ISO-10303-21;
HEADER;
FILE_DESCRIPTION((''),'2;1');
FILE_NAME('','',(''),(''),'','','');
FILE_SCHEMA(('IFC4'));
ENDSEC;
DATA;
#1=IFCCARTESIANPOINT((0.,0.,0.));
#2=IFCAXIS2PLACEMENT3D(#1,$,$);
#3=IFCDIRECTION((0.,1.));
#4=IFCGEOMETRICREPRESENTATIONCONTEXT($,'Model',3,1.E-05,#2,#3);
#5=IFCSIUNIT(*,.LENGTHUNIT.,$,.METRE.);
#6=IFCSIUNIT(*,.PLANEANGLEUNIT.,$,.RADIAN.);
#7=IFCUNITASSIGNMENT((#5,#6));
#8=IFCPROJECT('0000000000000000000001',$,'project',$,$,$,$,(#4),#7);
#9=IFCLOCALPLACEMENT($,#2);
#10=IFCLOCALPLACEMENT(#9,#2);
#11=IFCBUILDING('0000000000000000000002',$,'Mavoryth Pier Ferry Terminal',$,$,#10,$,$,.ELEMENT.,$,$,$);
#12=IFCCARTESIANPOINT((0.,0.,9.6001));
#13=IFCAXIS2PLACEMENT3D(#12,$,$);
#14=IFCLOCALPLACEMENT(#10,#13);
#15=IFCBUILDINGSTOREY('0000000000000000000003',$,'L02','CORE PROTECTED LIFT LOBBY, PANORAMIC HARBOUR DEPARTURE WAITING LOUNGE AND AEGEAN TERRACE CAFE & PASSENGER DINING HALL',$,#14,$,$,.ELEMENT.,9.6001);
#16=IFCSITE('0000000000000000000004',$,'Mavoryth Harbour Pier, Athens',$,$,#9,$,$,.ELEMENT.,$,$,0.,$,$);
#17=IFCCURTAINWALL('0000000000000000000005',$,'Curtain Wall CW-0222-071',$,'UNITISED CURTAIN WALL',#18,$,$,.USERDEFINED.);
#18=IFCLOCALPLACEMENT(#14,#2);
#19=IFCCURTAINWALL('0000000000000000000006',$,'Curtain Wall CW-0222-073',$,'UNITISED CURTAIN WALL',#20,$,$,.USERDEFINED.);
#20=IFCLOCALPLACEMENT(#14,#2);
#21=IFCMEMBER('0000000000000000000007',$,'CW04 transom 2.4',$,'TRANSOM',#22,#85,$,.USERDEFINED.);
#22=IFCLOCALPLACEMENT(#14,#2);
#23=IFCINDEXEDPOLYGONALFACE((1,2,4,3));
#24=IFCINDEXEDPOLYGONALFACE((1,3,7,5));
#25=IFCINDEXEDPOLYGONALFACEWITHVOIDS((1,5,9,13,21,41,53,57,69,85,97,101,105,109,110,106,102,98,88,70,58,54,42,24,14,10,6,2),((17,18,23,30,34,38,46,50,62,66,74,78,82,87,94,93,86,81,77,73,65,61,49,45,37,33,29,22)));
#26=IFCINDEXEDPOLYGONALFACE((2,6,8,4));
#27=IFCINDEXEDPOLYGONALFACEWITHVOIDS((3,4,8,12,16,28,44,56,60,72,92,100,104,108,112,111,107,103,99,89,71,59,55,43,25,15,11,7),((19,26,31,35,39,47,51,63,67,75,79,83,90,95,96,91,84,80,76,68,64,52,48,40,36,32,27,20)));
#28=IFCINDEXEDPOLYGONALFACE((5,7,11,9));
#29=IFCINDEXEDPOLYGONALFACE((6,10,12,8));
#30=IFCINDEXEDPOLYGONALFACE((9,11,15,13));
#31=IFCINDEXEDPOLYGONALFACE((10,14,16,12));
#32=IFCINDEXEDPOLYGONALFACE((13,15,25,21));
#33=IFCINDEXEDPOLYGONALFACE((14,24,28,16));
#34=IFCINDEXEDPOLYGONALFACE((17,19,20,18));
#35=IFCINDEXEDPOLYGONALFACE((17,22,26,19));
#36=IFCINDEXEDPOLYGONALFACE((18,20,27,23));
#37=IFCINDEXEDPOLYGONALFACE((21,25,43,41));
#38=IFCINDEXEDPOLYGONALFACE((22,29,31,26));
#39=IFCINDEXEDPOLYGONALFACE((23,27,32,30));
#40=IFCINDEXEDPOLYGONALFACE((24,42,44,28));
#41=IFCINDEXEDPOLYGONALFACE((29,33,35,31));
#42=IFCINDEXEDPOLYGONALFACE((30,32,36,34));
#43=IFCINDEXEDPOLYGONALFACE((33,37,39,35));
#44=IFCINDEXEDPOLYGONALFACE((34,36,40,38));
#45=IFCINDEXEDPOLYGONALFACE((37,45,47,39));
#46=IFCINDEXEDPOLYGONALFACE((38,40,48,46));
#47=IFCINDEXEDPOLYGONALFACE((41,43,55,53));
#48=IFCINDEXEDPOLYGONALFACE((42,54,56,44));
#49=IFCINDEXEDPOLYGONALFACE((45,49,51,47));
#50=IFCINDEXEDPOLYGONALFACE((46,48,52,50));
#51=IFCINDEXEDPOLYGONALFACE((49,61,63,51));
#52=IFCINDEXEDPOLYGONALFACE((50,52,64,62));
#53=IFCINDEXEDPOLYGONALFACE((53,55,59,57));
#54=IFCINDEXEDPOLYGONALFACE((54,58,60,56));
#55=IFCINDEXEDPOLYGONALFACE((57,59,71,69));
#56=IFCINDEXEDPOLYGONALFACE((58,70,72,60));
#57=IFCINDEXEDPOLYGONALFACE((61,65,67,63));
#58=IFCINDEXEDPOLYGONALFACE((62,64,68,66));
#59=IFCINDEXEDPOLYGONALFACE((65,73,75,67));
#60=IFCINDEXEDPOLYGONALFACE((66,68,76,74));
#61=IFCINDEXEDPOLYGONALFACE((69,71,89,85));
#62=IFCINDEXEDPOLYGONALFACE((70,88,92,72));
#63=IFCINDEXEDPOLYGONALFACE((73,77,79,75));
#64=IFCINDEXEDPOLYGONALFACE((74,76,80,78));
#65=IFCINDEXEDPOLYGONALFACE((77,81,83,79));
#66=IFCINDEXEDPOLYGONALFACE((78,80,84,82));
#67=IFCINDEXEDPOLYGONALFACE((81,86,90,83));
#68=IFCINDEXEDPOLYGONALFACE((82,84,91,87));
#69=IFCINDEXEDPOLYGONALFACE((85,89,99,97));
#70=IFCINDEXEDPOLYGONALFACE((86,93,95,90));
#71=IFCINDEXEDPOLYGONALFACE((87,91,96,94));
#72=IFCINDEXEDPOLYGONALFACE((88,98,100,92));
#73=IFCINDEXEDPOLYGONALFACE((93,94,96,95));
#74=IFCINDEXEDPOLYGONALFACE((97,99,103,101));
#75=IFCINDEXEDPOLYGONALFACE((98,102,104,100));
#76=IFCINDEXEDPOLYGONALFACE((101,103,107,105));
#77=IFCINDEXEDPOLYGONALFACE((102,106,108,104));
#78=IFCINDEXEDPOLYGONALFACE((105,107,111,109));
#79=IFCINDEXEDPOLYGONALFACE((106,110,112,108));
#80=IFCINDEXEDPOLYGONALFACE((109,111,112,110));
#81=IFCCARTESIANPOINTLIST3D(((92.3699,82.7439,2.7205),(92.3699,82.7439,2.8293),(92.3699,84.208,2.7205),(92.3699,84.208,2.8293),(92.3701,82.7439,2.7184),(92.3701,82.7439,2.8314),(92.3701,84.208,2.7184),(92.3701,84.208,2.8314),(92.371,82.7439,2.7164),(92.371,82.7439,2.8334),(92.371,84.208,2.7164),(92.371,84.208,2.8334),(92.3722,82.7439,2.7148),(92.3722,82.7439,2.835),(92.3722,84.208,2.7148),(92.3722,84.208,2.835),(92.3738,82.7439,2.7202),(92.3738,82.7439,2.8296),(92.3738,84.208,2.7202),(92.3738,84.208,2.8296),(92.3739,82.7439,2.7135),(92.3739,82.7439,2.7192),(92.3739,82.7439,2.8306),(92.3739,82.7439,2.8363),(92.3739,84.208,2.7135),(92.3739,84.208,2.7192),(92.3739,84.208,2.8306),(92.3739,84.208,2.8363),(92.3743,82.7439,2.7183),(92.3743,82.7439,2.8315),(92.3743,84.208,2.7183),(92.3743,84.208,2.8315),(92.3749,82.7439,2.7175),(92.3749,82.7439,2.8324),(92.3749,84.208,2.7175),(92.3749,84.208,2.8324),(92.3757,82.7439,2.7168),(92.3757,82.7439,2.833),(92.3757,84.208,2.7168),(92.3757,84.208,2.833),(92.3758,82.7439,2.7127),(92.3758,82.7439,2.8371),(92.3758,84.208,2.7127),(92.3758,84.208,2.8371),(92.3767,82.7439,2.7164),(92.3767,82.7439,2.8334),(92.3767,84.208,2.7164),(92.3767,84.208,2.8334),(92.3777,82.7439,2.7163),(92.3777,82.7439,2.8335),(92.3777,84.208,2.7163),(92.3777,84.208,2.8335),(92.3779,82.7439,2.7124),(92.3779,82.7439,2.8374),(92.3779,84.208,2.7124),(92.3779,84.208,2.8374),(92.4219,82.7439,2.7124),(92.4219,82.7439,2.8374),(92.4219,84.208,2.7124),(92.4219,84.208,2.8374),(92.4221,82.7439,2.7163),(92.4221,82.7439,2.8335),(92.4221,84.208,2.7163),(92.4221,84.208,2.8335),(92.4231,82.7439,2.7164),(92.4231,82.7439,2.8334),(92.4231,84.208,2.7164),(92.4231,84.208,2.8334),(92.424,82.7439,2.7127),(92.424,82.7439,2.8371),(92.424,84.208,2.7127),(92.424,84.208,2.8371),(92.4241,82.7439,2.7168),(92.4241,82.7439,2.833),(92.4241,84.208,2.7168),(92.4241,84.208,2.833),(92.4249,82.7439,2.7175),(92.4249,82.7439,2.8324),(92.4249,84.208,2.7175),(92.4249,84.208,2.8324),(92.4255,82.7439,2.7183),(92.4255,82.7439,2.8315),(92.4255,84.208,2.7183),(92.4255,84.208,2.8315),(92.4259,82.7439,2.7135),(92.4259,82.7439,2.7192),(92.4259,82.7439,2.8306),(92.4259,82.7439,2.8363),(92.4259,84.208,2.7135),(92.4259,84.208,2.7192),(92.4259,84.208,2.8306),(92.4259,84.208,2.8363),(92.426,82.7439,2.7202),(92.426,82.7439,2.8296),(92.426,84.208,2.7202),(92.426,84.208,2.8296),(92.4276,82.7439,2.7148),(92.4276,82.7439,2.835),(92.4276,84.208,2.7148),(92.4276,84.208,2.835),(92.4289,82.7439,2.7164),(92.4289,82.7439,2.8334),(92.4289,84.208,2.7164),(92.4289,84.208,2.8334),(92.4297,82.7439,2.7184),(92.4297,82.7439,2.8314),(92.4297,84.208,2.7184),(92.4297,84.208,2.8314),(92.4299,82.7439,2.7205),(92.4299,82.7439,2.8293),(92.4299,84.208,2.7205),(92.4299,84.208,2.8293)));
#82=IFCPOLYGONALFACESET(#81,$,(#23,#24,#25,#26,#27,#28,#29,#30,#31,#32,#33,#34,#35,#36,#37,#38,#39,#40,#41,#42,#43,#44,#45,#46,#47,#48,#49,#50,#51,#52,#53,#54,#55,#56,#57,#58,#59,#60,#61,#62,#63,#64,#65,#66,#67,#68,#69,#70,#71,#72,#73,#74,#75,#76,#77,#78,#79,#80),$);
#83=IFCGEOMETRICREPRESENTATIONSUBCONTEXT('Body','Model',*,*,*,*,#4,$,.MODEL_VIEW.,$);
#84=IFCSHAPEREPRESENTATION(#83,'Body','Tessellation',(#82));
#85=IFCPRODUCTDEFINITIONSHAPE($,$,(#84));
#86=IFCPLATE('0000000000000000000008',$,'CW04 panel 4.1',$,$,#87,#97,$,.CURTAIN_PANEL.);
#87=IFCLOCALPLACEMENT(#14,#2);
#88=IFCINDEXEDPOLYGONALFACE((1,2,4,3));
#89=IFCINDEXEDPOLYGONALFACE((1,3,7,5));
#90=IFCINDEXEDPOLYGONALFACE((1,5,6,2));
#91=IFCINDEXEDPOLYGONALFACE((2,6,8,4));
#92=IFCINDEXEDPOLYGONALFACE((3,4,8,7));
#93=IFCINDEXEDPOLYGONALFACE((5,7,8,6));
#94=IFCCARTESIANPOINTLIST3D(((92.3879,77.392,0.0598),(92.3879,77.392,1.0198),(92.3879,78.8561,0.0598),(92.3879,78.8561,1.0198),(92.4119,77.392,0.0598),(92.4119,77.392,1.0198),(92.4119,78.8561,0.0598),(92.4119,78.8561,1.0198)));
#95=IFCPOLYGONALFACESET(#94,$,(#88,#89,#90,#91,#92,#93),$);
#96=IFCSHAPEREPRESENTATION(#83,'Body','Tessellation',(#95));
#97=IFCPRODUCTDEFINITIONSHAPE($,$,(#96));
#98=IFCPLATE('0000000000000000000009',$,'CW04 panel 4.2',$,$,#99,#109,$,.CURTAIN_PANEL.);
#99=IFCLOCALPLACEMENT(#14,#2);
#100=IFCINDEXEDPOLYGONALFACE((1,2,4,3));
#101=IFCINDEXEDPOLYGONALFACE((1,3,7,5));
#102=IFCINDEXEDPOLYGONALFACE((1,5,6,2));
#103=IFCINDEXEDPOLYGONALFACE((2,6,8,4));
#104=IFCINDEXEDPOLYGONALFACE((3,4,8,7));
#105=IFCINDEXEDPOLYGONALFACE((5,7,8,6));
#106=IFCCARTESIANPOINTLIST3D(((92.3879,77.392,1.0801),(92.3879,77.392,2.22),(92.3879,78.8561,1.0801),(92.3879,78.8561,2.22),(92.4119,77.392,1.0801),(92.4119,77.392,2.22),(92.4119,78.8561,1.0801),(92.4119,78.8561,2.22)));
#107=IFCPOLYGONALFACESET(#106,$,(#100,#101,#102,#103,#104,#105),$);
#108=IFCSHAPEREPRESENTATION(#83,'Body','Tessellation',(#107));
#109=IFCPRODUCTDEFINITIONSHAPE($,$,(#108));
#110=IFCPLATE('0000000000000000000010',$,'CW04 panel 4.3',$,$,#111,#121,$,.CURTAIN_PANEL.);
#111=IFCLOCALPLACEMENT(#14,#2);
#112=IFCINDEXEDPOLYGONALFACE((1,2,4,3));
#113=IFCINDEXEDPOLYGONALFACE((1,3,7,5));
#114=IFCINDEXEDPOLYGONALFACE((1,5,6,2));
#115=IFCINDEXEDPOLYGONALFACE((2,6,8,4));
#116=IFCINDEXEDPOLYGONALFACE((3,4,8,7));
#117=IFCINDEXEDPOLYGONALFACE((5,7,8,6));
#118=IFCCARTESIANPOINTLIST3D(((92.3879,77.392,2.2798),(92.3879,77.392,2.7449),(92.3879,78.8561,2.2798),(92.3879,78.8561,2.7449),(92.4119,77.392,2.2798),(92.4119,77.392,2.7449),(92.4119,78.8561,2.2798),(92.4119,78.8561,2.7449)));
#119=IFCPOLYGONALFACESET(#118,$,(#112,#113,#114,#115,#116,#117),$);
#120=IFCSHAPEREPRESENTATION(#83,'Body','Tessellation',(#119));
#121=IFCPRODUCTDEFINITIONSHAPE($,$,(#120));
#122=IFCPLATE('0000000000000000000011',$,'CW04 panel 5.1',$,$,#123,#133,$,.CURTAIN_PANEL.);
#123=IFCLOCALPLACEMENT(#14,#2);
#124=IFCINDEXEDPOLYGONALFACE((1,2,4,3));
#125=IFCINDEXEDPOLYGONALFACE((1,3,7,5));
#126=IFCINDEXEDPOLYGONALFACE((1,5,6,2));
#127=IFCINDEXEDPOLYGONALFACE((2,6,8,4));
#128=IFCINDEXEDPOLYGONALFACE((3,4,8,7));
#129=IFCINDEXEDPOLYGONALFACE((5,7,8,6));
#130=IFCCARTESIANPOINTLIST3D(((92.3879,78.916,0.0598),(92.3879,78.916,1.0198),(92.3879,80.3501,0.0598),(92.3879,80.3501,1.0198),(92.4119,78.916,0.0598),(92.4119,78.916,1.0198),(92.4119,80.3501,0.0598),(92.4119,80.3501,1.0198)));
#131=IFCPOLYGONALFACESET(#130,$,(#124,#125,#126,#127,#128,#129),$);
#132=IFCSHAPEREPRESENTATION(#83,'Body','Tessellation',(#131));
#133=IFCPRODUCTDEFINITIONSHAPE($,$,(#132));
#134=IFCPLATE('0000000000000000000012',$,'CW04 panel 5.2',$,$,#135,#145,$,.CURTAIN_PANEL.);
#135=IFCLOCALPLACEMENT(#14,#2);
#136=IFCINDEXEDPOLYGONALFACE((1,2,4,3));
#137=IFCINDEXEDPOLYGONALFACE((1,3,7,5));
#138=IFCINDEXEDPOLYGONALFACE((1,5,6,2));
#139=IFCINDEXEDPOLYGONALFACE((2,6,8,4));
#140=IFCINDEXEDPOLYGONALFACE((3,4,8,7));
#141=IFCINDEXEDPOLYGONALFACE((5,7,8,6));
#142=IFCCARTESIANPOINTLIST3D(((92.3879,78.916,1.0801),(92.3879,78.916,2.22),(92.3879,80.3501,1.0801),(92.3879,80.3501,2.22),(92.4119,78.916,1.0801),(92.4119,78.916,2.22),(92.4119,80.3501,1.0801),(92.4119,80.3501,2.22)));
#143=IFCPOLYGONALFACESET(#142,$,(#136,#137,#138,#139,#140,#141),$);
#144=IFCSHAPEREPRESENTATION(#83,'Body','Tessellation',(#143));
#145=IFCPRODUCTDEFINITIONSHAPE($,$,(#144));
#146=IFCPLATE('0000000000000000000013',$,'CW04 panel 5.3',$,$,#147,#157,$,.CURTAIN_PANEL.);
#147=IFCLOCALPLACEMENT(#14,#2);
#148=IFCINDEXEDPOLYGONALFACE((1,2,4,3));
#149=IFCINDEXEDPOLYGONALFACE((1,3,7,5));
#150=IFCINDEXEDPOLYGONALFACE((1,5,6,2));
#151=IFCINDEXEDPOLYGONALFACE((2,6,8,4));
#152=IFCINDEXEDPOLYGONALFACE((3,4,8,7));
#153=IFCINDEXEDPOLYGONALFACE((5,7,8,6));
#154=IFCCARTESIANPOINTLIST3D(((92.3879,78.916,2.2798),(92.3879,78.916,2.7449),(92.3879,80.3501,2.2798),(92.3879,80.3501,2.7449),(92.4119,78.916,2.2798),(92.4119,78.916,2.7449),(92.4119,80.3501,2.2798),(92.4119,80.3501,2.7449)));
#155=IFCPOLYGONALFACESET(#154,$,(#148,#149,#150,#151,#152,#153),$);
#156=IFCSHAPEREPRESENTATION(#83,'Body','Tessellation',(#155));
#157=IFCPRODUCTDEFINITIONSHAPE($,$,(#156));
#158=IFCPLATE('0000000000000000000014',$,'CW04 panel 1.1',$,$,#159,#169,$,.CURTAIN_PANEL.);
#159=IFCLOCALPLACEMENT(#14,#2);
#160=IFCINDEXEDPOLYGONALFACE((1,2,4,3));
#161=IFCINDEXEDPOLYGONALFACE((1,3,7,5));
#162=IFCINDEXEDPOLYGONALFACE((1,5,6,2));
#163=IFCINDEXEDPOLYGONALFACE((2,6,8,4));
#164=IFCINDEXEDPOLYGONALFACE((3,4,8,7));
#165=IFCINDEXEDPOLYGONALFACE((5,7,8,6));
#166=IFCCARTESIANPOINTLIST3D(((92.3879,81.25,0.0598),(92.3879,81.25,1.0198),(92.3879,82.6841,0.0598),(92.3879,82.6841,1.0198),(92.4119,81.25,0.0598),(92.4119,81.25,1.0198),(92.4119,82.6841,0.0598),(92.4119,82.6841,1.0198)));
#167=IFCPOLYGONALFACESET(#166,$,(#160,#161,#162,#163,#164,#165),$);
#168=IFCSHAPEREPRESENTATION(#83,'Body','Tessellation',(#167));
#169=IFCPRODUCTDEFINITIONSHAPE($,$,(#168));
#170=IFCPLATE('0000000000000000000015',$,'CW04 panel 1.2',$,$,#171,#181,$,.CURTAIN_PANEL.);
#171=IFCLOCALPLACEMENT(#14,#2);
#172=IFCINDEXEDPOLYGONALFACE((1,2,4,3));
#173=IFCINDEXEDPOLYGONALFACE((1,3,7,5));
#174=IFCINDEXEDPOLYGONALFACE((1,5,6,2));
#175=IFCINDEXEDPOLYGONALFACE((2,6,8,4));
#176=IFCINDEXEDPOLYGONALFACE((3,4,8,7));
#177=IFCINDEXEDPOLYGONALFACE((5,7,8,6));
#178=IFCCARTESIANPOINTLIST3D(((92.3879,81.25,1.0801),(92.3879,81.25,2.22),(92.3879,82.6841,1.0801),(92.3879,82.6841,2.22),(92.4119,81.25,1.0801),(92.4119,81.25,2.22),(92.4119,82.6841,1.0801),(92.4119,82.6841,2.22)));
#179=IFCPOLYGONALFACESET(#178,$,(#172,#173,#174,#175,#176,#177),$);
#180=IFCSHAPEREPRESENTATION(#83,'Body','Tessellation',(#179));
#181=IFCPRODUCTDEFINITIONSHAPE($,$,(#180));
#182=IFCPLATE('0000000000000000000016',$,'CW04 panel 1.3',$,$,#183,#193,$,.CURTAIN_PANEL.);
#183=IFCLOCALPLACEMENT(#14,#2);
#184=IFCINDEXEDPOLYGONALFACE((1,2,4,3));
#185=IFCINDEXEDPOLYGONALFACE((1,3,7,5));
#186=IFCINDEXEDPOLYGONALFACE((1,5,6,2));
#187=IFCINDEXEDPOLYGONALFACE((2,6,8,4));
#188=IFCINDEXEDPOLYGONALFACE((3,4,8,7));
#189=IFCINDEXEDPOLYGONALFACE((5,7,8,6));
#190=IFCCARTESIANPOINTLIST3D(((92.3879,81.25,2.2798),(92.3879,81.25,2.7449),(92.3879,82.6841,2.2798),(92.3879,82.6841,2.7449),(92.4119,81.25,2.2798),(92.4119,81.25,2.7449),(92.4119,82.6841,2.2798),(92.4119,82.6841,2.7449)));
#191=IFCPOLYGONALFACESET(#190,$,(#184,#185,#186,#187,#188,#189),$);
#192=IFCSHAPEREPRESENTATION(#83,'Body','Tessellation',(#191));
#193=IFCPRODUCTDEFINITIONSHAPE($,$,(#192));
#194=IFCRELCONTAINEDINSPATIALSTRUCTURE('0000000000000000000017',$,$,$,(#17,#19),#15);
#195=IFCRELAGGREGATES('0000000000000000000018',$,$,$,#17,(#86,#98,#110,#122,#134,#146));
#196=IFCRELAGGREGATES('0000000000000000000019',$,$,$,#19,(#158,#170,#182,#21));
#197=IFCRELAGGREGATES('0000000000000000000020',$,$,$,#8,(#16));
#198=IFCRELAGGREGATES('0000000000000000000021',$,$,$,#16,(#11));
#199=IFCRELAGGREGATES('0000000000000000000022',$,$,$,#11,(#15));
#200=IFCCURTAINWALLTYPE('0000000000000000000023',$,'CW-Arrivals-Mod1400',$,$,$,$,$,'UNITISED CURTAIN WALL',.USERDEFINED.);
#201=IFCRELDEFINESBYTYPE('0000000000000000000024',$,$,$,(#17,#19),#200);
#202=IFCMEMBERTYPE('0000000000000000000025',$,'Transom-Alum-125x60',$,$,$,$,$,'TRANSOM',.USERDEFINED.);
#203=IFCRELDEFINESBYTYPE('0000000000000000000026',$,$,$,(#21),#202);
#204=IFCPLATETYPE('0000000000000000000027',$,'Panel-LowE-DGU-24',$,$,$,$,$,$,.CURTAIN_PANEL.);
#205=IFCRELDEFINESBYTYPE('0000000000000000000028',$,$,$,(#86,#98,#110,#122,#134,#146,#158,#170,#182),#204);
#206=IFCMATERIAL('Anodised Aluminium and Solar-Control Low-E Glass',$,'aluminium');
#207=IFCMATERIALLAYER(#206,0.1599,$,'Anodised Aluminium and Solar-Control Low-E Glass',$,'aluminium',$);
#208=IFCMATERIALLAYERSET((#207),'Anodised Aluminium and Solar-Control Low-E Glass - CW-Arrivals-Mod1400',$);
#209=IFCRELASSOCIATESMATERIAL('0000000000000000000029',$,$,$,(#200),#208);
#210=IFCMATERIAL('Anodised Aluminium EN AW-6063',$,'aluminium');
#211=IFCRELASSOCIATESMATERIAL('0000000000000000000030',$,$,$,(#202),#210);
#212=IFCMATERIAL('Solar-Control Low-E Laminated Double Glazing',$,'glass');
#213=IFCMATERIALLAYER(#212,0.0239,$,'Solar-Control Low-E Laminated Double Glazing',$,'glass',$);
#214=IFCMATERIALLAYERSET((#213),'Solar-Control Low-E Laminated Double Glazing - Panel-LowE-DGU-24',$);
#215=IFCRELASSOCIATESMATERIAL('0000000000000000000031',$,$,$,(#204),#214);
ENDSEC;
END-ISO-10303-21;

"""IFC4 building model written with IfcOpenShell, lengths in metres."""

from ifc_helpers import new_model, si_unit, direction, frame, origin, origin_2d, place, context, subcontext, project, spatial, rectangle, hollow_rectangle, extrude, material, layer, layer_set, material_profile, profile_set, type_object, element, aggregate, save


model = new_model("IFC4")

# Units and contexts
model_context = context("Model", 3, precision=1e-05, world=origin(), true_north=direction((0.0, 1.0)))
body_context = subcontext(model_context, "Body", "Model", "MODEL_VIEW")
ifc_project = project(units=[si_unit("LENGTHUNIT", "METRE"), si_unit("PLANEANGLEUNIT", "RADIAN")], contexts=[model_context])

# Site, building, storey
site_placement = place(None, origin())
site = spatial("IfcSite", under=ifc_project, at=site_placement, Name="Mavoryth Harbour Pier, Athens", CompositionType="ELEMENT", RefElevation=0.0)
building_placement = place(site_placement, origin())
building = spatial("IfcBuilding", under=site, at=building_placement, Name="Mavoryth Pier Ferry Terminal", CompositionType="ELEMENT")
storey_placement = place(building_placement, frame((0.0, 0.0, 9.6001)))
storey = spatial("IfcBuildingStorey", under=building, at=storey_placement, Name="L02", Description="CORE PROTECTED LIFT LOBBY, PANORAMIC HARBOUR DEPARTURE WAITING LOUNGE AND AEGEAN TERRACE CAFE & PASSENGER DINING HALL", CompositionType="ELEMENT", Elevation=9.6001)

# Curtain walls
ifc_material_1 = material(Name="Anodised Aluminium and Solar-Control Low-E Glass", Category="aluminium")
ifc_layer_1 = layer(ifc_material_1, 0.1599, Name="Anodised Aluminium and Solar-Control Low-E Glass", Category="aluminium")
ifc_layer_set_1 = layer_set([ifc_layer_1], Name="Anodised Aluminium and Solar-Control Low-E Glass - CW-Arrivals-Mod1400")
curtain_wall_type = type_object("IfcCurtainWallType", Name="CW-Arrivals-Mod1400", ElementType="UNITISED CURTAIN WALL", PredefinedType="USERDEFINED", material=ifc_layer_set_1)
curtain_wall_1_placement = place(storey_placement, origin())
curtain_wall_1 = element("IfcCurtainWall", 1, at=curtain_wall_1_placement, inside=storey, type_object=curtain_wall_type, Name="Curtain Wall CW-0222-071", ObjectType="UNITISED CURTAIN WALL", PredefinedType="USERDEFINED")
ifc_material_2 = material(Name="Anodised Aluminium EN AW-6063", Category="aluminium")
curtain_wall_2_placement = place(storey_placement, origin())
curtain_wall_2 = element("IfcCurtainWall", 2, at=curtain_wall_2_placement, inside=storey, type_object=curtain_wall_type, Name="Curtain Wall CW-0222-073", ObjectType="UNITISED CURTAIN WALL", PredefinedType="USERDEFINED")

# Member
ifc_material_profile_1 = material_profile(ifc_material_2, hollow_rectangle(XDim=0.0601, YDim=0.125, WallThickness=0.0039, InnerFilletRadius=0.0039, OuterFilletRadius=0.0081, at=origin_2d()), Name="AL-TRAN 125x60x4", Category="aluminium")
ifc_profile_set_1 = profile_set([ifc_material_profile_1], Name="Anodised Aluminium EN AW-6063 - AL-TRAN 125x60x4")
member_type_1 = type_object("IfcMemberType", Name="Transom-Alum-125x60", ElementType="TRANSOM", PredefinedType="USERDEFINED", material=ifc_profile_set_1)
member_1_placement = place(storey_placement, frame((92.3999, 82.7439, 2.7749), z_axis=(0.0, 1.0, 0.0), x_axis=(-1.0, 0.0, 0.0)))
member_1 = element("IfcMember", 3, at=member_1_placement, type_object=member_type_1, Name="CW04 transom 2.4", ObjectType="TRANSOM", PredefinedType="USERDEFINED", context=body_context, shape_type="SweptSolid", body=[
    extrude(hollow_rectangle(XDim=0.0601, YDim=0.125, WallThickness=0.0039, InnerFilletRadius=0.0039, OuterFilletRadius=0.0081, at=origin_2d()), origin(), (0.0, 0.0, 1.0), 1.4641),
])

# Plates
ifc_material_3 = material(Name="Solar-Control Low-E Laminated Double Glazing", Category="glass")
ifc_layer_2 = layer(ifc_material_3, 0.0239, Name="Solar-Control Low-E Laminated Double Glazing", Category="glass")
ifc_layer_set_2 = layer_set([ifc_layer_2], Name="Solar-Control Low-E Laminated Double Glazing - Panel-LowE-DGU-24")
plate_type = type_object("IfcPlateType", Name="Panel-LowE-DGU-24", PredefinedType="CURTAIN_PANEL", material=ifc_layer_set_2)
plate_1_placement = place(storey_placement, frame((92.3999, 78.124, 0.0598), z_axis=(0.0, 0.0, 1.0), x_axis=(0.0, 1.0, 0.0)))
plate_1 = element("IfcPlate", 4, at=plate_1_placement, type_object=plate_type, Name="CW04 panel 4.1", PredefinedType="CURTAIN_PANEL", context=body_context, shape_type="SweptSolid", body=[
    extrude(rectangle(XDim=1.4641, YDim=0.0239, at=origin_2d()), origin(), (0.0, 0.0, 1.0), 0.96),
])
plate_2_placement = place(storey_placement, frame((92.3999, 78.124, 1.0801), z_axis=(0.0, 0.0, 1.0), x_axis=(0.0, 1.0, 0.0)))
plate_2 = element("IfcPlate", 5, at=plate_2_placement, type_object=plate_type, Name="CW04 panel 4.2", PredefinedType="CURTAIN_PANEL", context=body_context, shape_type="SweptSolid", body=[
    extrude(rectangle(XDim=1.4641, YDim=0.0239, at=origin_2d()), origin(), (0.0, 0.0, 1.0), 1.1399),
])
plate_3_placement = place(storey_placement, frame((92.3999, 78.124, 2.2798), z_axis=(0.0, 0.0, 1.0), x_axis=(0.0, 1.0, 0.0)))
plate_3 = element("IfcPlate", 6, at=plate_3_placement, type_object=plate_type, Name="CW04 panel 4.3", PredefinedType="CURTAIN_PANEL", context=body_context, shape_type="SweptSolid", body=[
    extrude(rectangle(XDim=1.4641, YDim=0.0239, at=origin_2d()), origin(), (0.0, 0.0, 1.0), 0.4651),
])
plate_4_placement = place(storey_placement, frame((92.3999, 79.6331, 0.0598), z_axis=(0.0, 0.0, 1.0), x_axis=(0.0, 1.0, 0.0)))
plate_4 = element("IfcPlate", 7, at=plate_4_placement, type_object=plate_type, Name="CW04 panel 5.1", PredefinedType="CURTAIN_PANEL", context=body_context, shape_type="SweptSolid", body=[
    extrude(rectangle(XDim=1.4341, YDim=0.0239, at=origin_2d()), origin(), (0.0, 0.0, 1.0), 0.96),
])
plate_5_placement = place(storey_placement, frame((92.3999, 79.6331, 1.0801), z_axis=(0.0, 0.0, 1.0), x_axis=(0.0, 1.0, 0.0)))
plate_5 = element("IfcPlate", 8, at=plate_5_placement, type_object=plate_type, Name="CW04 panel 5.2", PredefinedType="CURTAIN_PANEL", context=body_context, shape_type="SweptSolid", body=[
    extrude(rectangle(XDim=1.4341, YDim=0.0239, at=origin_2d()), origin(), (0.0, 0.0, 1.0), 1.1399),
])
plate_6_placement = place(storey_placement, frame((92.3999, 79.6331, 2.2798), z_axis=(0.0, 0.0, 1.0), x_axis=(0.0, 1.0, 0.0)))
plate_6 = element("IfcPlate", 9, at=plate_6_placement, type_object=plate_type, Name="CW04 panel 5.3", PredefinedType="CURTAIN_PANEL", context=body_context, shape_type="SweptSolid", body=[
    extrude(rectangle(XDim=1.4341, YDim=0.0239, at=origin_2d()), origin(), (0.0, 0.0, 1.0), 0.4651),
])
aggregate(curtain_wall_1, [plate_1, plate_2, plate_3, plate_4, plate_5, plate_6])
plate_7_placement = place(storey_placement, frame((92.3999, 81.967, 0.0598), z_axis=(0.0, 0.0, 1.0), x_axis=(0.0, 1.0, 0.0)))
plate_7 = element("IfcPlate", 10, at=plate_7_placement, type_object=plate_type, Name="CW04 panel 1.1", PredefinedType="CURTAIN_PANEL", context=body_context, shape_type="SweptSolid", body=[
    extrude(rectangle(XDim=1.4341, YDim=0.0239, at=origin_2d()), origin(), (0.0, 0.0, 1.0), 0.96),
])
plate_8_placement = place(storey_placement, frame((92.3999, 81.967, 1.0801), z_axis=(0.0, 0.0, 1.0), x_axis=(0.0, 1.0, 0.0)))
plate_8 = element("IfcPlate", 11, at=plate_8_placement, type_object=plate_type, Name="CW04 panel 1.2", PredefinedType="CURTAIN_PANEL", context=body_context, shape_type="SweptSolid", body=[
    extrude(rectangle(XDim=1.4341, YDim=0.0239, at=origin_2d()), origin(), (0.0, 0.0, 1.0), 1.1399),
])
plate_9_placement = place(storey_placement, frame((92.3999, 81.967, 2.2798), z_axis=(0.0, 0.0, 1.0), x_axis=(0.0, 1.0, 0.0)))
plate_9 = element("IfcPlate", 12, at=plate_9_placement, type_object=plate_type, Name="CW04 panel 1.3", PredefinedType="CURTAIN_PANEL", context=body_context, shape_type="SweptSolid", body=[
    extrude(rectangle(XDim=1.4341, YDim=0.0239, at=origin_2d()), origin(), (0.0, 0.0, 1.0), 0.4651),
])
aggregate(curtain_wall_2, [plate_7, plate_8, plate_9, member_1])

save(model, "model.ifc")
